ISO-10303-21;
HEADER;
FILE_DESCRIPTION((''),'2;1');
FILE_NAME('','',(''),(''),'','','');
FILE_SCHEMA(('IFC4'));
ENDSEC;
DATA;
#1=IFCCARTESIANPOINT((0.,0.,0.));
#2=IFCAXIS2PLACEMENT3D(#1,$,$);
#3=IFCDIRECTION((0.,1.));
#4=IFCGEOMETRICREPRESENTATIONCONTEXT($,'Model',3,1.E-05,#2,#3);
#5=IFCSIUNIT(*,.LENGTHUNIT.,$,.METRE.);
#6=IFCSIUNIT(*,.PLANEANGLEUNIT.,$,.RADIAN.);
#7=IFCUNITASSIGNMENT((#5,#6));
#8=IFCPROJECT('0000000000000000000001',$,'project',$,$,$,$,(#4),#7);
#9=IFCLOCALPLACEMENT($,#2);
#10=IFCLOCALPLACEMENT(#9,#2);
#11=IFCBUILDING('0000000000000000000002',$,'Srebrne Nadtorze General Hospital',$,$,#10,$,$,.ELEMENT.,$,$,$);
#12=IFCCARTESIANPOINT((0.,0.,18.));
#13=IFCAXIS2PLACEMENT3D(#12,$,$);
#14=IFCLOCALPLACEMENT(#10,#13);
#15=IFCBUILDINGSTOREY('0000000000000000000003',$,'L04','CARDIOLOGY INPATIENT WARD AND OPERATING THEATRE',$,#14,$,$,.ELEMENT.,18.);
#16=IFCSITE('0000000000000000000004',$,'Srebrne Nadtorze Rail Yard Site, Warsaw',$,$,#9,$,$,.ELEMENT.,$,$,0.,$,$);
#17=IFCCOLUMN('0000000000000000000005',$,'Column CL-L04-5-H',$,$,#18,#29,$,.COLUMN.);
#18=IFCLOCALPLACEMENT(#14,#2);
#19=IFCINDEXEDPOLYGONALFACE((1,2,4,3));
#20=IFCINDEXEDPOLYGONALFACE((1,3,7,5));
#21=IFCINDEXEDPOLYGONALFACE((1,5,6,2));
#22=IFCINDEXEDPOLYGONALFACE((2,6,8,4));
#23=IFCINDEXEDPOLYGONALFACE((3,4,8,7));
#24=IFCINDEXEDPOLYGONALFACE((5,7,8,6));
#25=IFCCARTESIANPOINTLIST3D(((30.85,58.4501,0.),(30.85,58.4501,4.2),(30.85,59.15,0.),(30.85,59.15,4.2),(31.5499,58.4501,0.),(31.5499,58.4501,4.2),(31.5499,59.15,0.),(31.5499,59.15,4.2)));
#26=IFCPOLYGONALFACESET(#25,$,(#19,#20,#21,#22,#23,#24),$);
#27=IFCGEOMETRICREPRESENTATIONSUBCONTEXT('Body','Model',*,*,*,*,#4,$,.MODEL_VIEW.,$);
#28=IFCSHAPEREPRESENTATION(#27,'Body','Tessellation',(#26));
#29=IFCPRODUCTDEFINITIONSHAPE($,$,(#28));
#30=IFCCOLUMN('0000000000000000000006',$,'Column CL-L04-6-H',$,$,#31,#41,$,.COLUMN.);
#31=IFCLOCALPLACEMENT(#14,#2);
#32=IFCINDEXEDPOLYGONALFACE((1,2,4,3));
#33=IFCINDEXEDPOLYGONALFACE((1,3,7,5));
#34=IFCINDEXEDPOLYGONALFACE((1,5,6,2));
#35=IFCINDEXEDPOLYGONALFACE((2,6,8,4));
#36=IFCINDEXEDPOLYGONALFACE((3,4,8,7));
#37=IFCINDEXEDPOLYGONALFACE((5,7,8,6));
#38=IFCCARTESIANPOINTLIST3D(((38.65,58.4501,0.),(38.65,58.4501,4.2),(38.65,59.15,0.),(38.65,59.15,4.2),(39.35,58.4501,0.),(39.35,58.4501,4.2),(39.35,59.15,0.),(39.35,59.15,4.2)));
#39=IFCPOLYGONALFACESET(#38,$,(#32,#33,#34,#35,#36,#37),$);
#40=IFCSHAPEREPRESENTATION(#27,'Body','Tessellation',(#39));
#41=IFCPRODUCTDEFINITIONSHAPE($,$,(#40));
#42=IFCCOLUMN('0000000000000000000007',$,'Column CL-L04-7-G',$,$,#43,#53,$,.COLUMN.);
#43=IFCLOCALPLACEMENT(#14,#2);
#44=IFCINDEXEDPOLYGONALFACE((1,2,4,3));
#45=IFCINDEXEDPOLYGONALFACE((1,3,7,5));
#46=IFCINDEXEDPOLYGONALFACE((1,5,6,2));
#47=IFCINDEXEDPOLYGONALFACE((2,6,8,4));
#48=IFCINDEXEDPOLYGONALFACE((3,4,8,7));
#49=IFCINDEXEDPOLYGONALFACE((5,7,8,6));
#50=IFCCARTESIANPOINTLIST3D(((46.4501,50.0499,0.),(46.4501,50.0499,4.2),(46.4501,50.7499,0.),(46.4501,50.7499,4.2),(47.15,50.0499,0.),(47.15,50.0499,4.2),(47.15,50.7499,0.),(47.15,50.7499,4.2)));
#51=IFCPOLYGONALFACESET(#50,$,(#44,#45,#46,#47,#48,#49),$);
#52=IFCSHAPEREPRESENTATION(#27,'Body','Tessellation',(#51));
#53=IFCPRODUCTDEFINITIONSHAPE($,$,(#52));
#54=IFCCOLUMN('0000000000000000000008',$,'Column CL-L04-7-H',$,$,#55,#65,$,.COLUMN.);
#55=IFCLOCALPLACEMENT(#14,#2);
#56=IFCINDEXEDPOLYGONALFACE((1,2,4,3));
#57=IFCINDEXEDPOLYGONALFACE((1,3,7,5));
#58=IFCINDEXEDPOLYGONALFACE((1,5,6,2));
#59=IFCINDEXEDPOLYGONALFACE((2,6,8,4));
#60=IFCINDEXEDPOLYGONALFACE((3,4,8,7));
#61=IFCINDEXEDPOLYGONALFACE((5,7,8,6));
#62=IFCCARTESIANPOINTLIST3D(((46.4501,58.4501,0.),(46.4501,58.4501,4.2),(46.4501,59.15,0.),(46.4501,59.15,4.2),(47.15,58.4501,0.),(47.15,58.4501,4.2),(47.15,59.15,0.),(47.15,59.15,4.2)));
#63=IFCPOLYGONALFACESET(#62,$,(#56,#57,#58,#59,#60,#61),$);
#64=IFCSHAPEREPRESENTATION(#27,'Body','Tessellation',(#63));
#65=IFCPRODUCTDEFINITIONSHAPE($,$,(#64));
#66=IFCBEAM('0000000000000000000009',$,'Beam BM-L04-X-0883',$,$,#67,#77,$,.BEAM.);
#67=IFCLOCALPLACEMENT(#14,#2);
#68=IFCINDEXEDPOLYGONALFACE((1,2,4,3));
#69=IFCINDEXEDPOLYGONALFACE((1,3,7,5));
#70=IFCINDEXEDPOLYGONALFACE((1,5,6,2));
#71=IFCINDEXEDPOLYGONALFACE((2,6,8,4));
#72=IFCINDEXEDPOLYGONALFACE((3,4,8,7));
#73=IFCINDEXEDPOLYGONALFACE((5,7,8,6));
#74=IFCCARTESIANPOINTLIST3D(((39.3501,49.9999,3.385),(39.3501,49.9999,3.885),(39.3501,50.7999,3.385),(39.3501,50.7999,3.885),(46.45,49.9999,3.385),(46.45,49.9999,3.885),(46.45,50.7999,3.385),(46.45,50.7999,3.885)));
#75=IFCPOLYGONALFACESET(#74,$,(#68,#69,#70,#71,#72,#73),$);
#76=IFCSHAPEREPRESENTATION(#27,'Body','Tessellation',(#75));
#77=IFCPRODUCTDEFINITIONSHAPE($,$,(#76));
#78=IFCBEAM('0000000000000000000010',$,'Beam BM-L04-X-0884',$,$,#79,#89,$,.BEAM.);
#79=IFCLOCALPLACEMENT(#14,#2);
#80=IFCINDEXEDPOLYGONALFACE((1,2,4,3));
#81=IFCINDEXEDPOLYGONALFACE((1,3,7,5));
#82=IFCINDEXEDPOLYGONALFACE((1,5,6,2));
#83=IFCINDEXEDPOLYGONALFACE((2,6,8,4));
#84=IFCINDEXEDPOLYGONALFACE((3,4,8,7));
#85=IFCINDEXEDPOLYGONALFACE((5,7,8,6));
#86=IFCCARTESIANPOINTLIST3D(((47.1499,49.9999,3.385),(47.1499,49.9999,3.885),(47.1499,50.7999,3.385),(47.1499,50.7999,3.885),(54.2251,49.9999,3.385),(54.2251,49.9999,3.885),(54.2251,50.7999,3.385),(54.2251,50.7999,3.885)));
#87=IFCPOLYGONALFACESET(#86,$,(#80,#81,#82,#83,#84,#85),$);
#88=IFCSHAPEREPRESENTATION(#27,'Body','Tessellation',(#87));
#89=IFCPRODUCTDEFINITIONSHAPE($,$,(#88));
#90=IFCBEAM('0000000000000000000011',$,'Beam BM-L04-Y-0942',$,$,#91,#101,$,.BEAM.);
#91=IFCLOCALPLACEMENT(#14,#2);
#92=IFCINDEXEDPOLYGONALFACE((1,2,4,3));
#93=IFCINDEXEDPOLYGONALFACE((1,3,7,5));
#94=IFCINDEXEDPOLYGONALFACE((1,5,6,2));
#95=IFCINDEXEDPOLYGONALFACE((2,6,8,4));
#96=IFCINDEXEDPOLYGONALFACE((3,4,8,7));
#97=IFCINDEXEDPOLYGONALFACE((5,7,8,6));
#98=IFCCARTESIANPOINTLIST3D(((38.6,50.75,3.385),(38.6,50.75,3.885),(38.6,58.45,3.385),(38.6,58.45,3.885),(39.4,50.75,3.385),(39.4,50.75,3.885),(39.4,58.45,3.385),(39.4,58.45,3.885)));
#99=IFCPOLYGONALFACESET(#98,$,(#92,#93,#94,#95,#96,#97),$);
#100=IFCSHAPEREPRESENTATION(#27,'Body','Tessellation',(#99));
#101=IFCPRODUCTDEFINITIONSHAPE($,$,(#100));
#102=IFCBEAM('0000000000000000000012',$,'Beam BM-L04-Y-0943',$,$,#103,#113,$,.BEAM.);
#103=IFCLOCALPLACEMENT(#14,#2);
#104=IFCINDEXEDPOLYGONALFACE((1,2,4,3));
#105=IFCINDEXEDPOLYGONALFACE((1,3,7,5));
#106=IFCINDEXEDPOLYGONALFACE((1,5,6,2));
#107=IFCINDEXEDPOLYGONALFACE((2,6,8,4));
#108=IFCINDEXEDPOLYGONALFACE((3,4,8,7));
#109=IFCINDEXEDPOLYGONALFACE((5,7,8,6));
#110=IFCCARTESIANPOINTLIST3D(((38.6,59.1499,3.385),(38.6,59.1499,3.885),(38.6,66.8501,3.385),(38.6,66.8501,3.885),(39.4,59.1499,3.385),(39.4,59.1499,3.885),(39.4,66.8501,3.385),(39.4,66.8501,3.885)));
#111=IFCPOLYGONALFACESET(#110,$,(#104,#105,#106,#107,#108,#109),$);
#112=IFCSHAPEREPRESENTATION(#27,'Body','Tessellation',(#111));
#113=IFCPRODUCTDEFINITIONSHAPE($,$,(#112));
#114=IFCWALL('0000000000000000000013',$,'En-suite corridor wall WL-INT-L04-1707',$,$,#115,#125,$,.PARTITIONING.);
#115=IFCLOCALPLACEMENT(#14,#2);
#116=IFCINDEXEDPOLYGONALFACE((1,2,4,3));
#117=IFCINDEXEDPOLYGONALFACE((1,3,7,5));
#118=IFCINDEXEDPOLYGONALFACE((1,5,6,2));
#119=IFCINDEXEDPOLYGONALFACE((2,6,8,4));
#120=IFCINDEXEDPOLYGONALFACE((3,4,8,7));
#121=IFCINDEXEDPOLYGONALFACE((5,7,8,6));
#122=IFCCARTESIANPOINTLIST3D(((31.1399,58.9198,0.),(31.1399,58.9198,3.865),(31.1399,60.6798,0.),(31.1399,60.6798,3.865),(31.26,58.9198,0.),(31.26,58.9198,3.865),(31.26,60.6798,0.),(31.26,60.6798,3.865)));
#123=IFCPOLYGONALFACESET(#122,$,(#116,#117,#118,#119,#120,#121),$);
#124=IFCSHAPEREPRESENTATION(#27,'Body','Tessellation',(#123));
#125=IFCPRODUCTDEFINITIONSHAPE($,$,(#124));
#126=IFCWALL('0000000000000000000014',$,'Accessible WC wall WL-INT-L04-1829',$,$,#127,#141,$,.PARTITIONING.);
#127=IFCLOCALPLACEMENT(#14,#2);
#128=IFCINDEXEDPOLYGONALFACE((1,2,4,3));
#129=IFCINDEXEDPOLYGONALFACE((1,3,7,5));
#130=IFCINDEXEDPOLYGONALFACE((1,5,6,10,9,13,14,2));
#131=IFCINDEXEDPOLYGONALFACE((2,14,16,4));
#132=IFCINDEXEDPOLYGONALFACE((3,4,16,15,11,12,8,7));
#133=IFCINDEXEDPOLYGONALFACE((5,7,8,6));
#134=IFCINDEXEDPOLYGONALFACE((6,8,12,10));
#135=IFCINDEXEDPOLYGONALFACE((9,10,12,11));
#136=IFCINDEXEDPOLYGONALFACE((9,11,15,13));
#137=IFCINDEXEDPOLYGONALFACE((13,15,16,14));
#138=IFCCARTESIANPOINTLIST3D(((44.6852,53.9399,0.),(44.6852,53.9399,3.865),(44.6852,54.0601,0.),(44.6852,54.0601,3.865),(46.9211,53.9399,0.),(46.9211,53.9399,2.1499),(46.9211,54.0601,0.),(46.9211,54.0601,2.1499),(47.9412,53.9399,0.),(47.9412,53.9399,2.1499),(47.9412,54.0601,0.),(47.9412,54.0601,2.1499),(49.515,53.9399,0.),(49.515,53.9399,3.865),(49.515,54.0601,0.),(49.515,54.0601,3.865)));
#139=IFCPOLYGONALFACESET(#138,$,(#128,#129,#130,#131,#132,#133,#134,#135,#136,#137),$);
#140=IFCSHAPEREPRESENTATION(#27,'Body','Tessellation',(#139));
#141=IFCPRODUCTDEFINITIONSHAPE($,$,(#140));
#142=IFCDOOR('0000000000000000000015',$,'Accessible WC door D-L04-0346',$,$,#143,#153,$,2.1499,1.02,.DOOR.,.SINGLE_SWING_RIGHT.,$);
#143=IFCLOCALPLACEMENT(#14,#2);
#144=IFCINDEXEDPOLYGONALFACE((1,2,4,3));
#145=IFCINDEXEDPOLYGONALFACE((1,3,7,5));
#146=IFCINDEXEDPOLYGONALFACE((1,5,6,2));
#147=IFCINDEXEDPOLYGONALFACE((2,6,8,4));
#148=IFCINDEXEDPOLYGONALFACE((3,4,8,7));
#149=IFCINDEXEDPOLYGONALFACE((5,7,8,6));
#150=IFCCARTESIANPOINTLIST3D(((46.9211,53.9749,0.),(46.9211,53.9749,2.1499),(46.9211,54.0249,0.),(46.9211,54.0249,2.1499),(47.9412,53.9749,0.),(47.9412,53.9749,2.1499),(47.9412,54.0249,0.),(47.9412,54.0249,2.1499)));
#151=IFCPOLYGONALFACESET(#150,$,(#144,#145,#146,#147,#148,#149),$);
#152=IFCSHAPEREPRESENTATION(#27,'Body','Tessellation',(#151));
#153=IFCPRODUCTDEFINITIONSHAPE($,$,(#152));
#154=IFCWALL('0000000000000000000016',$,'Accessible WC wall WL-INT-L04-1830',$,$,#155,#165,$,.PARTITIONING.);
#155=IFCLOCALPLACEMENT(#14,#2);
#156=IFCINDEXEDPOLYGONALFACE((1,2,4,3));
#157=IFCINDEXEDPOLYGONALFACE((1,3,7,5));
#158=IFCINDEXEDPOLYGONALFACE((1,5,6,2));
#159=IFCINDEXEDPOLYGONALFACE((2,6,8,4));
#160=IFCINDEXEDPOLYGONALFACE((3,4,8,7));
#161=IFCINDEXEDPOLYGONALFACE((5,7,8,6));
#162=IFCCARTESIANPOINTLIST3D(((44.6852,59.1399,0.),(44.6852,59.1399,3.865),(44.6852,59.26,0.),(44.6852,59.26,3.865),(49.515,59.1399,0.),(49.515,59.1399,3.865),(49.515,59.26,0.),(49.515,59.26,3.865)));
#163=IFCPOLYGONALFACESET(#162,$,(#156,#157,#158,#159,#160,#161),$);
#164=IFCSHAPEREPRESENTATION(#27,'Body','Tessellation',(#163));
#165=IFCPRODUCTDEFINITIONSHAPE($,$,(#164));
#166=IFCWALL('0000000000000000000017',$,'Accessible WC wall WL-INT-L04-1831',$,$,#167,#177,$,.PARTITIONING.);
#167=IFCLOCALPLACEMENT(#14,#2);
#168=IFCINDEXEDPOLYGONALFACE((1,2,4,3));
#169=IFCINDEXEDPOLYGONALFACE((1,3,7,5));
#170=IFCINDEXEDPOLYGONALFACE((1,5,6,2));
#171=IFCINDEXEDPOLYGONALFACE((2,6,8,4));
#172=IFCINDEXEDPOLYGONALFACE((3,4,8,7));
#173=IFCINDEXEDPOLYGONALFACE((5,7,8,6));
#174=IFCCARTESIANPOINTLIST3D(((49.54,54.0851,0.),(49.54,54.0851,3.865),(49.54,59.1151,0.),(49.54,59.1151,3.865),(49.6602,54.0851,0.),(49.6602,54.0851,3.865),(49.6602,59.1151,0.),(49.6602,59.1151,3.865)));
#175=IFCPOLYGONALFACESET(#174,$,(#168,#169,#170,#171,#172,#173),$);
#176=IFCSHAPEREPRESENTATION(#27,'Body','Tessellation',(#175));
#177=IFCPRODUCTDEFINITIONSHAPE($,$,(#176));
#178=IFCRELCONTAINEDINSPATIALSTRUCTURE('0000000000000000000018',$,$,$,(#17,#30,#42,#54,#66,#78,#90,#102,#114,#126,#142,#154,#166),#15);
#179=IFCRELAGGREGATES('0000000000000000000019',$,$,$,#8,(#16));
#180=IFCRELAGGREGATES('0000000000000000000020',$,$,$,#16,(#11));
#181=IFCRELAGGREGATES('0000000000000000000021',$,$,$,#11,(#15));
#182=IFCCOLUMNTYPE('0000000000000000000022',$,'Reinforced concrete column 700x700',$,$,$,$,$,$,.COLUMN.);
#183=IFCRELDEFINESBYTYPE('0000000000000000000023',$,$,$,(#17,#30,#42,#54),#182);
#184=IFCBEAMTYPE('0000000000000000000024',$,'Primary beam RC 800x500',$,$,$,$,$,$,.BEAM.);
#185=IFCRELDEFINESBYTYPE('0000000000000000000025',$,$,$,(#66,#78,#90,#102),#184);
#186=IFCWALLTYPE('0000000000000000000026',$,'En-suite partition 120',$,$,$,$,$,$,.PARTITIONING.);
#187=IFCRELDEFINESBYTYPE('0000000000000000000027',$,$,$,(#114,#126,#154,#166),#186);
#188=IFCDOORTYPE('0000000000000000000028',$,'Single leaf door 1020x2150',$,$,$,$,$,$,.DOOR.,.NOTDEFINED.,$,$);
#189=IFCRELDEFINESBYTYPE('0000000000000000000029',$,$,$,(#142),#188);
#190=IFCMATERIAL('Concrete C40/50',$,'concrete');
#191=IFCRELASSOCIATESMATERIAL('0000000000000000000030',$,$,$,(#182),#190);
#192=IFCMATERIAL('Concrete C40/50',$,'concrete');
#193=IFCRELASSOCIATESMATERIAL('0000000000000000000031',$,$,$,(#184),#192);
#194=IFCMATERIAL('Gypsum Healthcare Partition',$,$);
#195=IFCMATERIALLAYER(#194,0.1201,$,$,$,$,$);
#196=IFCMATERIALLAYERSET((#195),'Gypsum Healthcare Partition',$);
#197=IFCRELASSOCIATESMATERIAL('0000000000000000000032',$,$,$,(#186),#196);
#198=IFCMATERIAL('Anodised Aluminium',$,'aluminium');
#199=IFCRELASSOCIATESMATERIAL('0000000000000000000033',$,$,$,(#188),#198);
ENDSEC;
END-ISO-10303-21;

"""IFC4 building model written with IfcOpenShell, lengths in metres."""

from ifc_helpers import new_model, si_unit, direction, frame, frame_2d, origin, origin_2d, place, context, subcontext, project, spatial, rectangle, extrude, material, layer, layer_set, material_profile, profile_set, type_object, element, fill, save


model = new_model("IFC4")

# Units and contexts
model_context = context("Model", 3, precision=1e-05, world=origin(), true_north=direction((0.0, 1.0)))
body_context = subcontext(model_context, "Body", "Model", "MODEL_VIEW")
ifc_project = project(units=[si_unit("LENGTHUNIT", "METRE"), si_unit("PLANEANGLEUNIT", "RADIAN")], contexts=[model_context])

# Site, building, storey
site_placement = place(None, origin())
site = spatial("IfcSite", under=ifc_project, at=site_placement, Name="Srebrne Nadtorze Rail Yard Site, Warsaw", CompositionType="ELEMENT", RefElevation=0.0)
building_placement = place(site_placement, origin())
building = spatial("IfcBuilding", under=site, at=building_placement, Name="Srebrne Nadtorze General Hospital", CompositionType="ELEMENT")
storey_placement = place(building_placement, frame((0.0, 0.0, 18.0)))
storey = spatial("IfcBuildingStorey", under=building, at=storey_placement, Name="L04", Description="CARDIOLOGY INPATIENT WARD AND OPERATING THEATRE", CompositionType="ELEMENT", Elevation=18.0)

# Columns
ifc_material_1 = material(Name="Concrete C40/50", Category="concrete")
ifc_material_profile_1 = material_profile(ifc_material_1, rectangle(XDim=0.7, YDim=0.7, at=origin_2d()), Name="RC-COL-700x700")
ifc_profile_set_1 = profile_set([ifc_material_profile_1], Name="Concrete C40/50")
column_type = type_object("IfcColumnType", Name="Reinforced concrete column 700x700", PredefinedType="COLUMN", material=ifc_profile_set_1)
for number, where, z_axis, x_axis, name in (
    (1, (31.2, 58.8, 0.0), (0.0, 0.0, 1.0), (1.0, 0.0, 0.0), "Column CL-L04-5-H"),
    (2, (39.0, 58.8, 0.0), (0.0, 0.0, 1.0), (1.0, 0.0, 0.0), "Column CL-L04-6-H"),
    (3, (46.8, 50.3999, 0.0), (0.0, 0.0, 1.0), (1.0, 0.0, 0.0), "Column CL-L04-7-G"),
    (4, (46.8, 58.8, 0.0), (0.0, 0.0, 1.0), (1.0, 0.0, 0.0), "Column CL-L04-7-H"),
):
    element("IfcColumn", number, at=place(storey_placement, frame(where, z_axis=z_axis, x_axis=x_axis)), inside=storey, type_object=column_type, Name=name, PredefinedType="COLUMN", context=body_context, shape_type="SweptSolid", body=[
        extrude(rectangle(XDim=0.7, YDim=0.7, at=origin_2d()), origin(), (0.0, 0.0, 1.0), 4.2),
    ])

# Beams
ifc_material_2 = material(Name="Concrete C40/50", Category="concrete")
ifc_material_profile_2 = material_profile(ifc_material_2, rectangle(XDim=0.8, YDim=0.5, at=origin_2d()), Name="RC-BM-800x500")
ifc_profile_set_2 = profile_set([ifc_material_profile_2], Name="Concrete C40/50")
beam_type = type_object("IfcBeamType", Name="Primary beam RC 800x500", PredefinedType="BEAM", material=ifc_profile_set_2)
beam_1_placement = place(storey_placement, frame((39.3501, 50.3999, 3.635), z_axis=(1.0, 0.0, 0.0), x_axis=(0.0, 1.0, 0.0)))
element("IfcBeam", 5, at=beam_1_placement, inside=storey, type_object=beam_type, Name="Beam BM-L04-X-0883", PredefinedType="BEAM", context=body_context, shape_type="SweptSolid", body=[
    extrude(rectangle(XDim=0.8, YDim=0.5, at=origin_2d()), origin(), (0.0, 0.0, 1.0), 7.0999),
])
beam_2_placement = place(storey_placement, frame((47.1499, 50.3999, 3.635), z_axis=(1.0, 0.0, 0.0), x_axis=(0.0, 1.0, 0.0)))
element("IfcBeam", 6, at=beam_2_placement, inside=storey, type_object=beam_type, Name="Beam BM-L04-X-0884", PredefinedType="BEAM", context=body_context, shape_type="SweptSolid", body=[
    extrude(rectangle(XDim=0.8, YDim=0.5, at=origin_2d()), origin(), (0.0, 0.0, 1.0), 7.0752),
])
beam_3_placement = place(storey_placement, frame((39.0, 50.75, 3.635), z_axis=(0.0, 1.0, 0.0), x_axis=(-1.0, 0.0, 0.0)))
element("IfcBeam", 7, at=beam_3_placement, inside=storey, type_object=beam_type, Name="Beam BM-L04-Y-0942", PredefinedType="BEAM", context=body_context, shape_type="SweptSolid", body=[
    extrude(rectangle(XDim=0.8, YDim=0.5, at=origin_2d()), origin(), (0.0, 0.0, 1.0), 7.7),
])
beam_4_placement = place(storey_placement, frame((39.0, 59.1499, 3.635), z_axis=(0.0, 1.0, 0.0), x_axis=(-1.0, 0.0, 0.0)))
element("IfcBeam", 8, at=beam_4_placement, inside=storey, type_object=beam_type, Name="Beam BM-L04-Y-0943", PredefinedType="BEAM", context=body_context, shape_type="SweptSolid", body=[
    extrude(rectangle(XDim=0.8, YDim=0.5, at=origin_2d()), origin(), (0.0, 0.0, 1.0), 7.7002),
])

# Wall
ifc_material_3 = material(Name="Gypsum Healthcare Partition")
ifc_layer_1 = layer(ifc_material_3, 0.1201)
ifc_layer_set_1 = layer_set([ifc_layer_1], Name="Gypsum Healthcare Partition")
wall_type_1 = type_object("IfcWallType", Name="En-suite partition 120", PredefinedType="PARTITIONING", material=ifc_layer_set_1)
wall_1_placement = place(storey_placement, frame((31.2, 58.9199, 0.0), z_axis=(0.0, 0.0, 1.0), x_axis=(0.0, 1.0, 0.0)))
element("IfcWall", 9, at=wall_1_placement, inside=storey, type_object=wall_type_1, Name="En-suite corridor wall WL-INT-L04-1707", PredefinedType="PARTITIONING", context=body_context, shape_type="SweptSolid", body=[
    extrude(rectangle(XDim=1.76, YDim=0.1201, at=frame_2d((0.8799, 0.0))), origin(), (0.0, 0.0, 1.0), 3.865),
])

# Wall, opening, door
wall_2_placement = place(storey_placement, frame((44.6851, 54.0, 0.0), z_axis=(0.0, 0.0, 1.0), x_axis=(1.0, 0.0, 0.0)))
wall_2 = element("IfcWall", 10, at=wall_2_placement, inside=storey, type_object=wall_type_1, Name="Accessible WC wall WL-INT-L04-1829", PredefinedType="PARTITIONING", context=body_context, shape_type="SweptSolid", body=[
    extrude(rectangle(XDim=4.8298, YDim=0.1201, at=frame_2d((2.415, 0.0))), origin(), (0.0, 0.0, 1.0), 3.865),
])
opening_1_placement = place(wall_2_placement, frame((2.2361, 0.0, 0.0)))
opening_1 = element("IfcOpeningElement", 11, at=opening_1_placement, cuts=wall_2, PredefinedType="OPENING", context=body_context, shape_type="SweptSolid", body=[
    extrude(rectangle(XDim=1.02, YDim=2.1499, at=frame_2d((0.51, 1.075))), frame((0.0, 0.072, 0.0), z_axis=(0.0, -1.0, 0.0), x_axis=(1.0, 0.0, 0.0)), (0.0, 0.0, 1.0), 0.144),
])
ifc_material_4 = material(Name="Anodised Aluminium", Category="aluminium")
door_type_1 = type_object("IfcDoorType", Name="Single leaf door 1020x2150", OperationType="NOTDEFINED", PredefinedType="DOOR", material=ifc_material_4)
door_1_placement = place(opening_1_placement, origin())
door_1 = element("IfcDoor", 12, at=door_1_placement, inside=storey, type_object=door_type_1, Name="Accessible WC door D-L04-0346", OperationType="SINGLE_SWING_RIGHT", OverallHeight=2.1499, OverallWidth=1.02, PredefinedType="DOOR", context=body_context, shape_type="SweptSolid", body=[
    extrude(rectangle(XDim=1.02, YDim=2.1499, at=frame_2d((0.51, 1.075))), frame((0.0, 0.0249, 0.0), z_axis=(0.0, -1.0, 0.0), x_axis=(1.0, 0.0, 0.0)), (0.0, 0.0, 1.0), 0.05),
])
fill(opening_1, door_1)

# Walls
wall_3_placement = place(storey_placement, frame((44.6851, 59.2, 0.0), z_axis=(0.0, 0.0, 1.0), x_axis=(1.0, 0.0, 0.0)))
element("IfcWall", 13, at=wall_3_placement, inside=storey, type_object=wall_type_1, Name="Accessible WC wall WL-INT-L04-1830", PredefinedType="PARTITIONING", context=body_context, shape_type="SweptSolid", body=[
    extrude(rectangle(XDim=4.8298, YDim=0.1201, at=frame_2d((2.415, 0.0))), origin(), (0.0, 0.0, 1.0), 3.865),
])
wall_4_placement = place(storey_placement, frame((49.6001, 54.085, 0.0), z_axis=(0.0, 0.0, 1.0), x_axis=(0.0, 1.0, 0.0)))
element("IfcWall", 14, at=wall_4_placement, inside=storey, type_object=wall_type_1, Name="Accessible WC wall WL-INT-L04-1831", PredefinedType="PARTITIONING", context=body_context, shape_type="SweptSolid", body=[
    extrude(rectangle(XDim=5.03, YDim=0.1201, at=frame_2d((2.5151, 0.0))), origin(), (0.0, 0.0, 1.0), 3.865),
])

save(model, "model.ifc")
